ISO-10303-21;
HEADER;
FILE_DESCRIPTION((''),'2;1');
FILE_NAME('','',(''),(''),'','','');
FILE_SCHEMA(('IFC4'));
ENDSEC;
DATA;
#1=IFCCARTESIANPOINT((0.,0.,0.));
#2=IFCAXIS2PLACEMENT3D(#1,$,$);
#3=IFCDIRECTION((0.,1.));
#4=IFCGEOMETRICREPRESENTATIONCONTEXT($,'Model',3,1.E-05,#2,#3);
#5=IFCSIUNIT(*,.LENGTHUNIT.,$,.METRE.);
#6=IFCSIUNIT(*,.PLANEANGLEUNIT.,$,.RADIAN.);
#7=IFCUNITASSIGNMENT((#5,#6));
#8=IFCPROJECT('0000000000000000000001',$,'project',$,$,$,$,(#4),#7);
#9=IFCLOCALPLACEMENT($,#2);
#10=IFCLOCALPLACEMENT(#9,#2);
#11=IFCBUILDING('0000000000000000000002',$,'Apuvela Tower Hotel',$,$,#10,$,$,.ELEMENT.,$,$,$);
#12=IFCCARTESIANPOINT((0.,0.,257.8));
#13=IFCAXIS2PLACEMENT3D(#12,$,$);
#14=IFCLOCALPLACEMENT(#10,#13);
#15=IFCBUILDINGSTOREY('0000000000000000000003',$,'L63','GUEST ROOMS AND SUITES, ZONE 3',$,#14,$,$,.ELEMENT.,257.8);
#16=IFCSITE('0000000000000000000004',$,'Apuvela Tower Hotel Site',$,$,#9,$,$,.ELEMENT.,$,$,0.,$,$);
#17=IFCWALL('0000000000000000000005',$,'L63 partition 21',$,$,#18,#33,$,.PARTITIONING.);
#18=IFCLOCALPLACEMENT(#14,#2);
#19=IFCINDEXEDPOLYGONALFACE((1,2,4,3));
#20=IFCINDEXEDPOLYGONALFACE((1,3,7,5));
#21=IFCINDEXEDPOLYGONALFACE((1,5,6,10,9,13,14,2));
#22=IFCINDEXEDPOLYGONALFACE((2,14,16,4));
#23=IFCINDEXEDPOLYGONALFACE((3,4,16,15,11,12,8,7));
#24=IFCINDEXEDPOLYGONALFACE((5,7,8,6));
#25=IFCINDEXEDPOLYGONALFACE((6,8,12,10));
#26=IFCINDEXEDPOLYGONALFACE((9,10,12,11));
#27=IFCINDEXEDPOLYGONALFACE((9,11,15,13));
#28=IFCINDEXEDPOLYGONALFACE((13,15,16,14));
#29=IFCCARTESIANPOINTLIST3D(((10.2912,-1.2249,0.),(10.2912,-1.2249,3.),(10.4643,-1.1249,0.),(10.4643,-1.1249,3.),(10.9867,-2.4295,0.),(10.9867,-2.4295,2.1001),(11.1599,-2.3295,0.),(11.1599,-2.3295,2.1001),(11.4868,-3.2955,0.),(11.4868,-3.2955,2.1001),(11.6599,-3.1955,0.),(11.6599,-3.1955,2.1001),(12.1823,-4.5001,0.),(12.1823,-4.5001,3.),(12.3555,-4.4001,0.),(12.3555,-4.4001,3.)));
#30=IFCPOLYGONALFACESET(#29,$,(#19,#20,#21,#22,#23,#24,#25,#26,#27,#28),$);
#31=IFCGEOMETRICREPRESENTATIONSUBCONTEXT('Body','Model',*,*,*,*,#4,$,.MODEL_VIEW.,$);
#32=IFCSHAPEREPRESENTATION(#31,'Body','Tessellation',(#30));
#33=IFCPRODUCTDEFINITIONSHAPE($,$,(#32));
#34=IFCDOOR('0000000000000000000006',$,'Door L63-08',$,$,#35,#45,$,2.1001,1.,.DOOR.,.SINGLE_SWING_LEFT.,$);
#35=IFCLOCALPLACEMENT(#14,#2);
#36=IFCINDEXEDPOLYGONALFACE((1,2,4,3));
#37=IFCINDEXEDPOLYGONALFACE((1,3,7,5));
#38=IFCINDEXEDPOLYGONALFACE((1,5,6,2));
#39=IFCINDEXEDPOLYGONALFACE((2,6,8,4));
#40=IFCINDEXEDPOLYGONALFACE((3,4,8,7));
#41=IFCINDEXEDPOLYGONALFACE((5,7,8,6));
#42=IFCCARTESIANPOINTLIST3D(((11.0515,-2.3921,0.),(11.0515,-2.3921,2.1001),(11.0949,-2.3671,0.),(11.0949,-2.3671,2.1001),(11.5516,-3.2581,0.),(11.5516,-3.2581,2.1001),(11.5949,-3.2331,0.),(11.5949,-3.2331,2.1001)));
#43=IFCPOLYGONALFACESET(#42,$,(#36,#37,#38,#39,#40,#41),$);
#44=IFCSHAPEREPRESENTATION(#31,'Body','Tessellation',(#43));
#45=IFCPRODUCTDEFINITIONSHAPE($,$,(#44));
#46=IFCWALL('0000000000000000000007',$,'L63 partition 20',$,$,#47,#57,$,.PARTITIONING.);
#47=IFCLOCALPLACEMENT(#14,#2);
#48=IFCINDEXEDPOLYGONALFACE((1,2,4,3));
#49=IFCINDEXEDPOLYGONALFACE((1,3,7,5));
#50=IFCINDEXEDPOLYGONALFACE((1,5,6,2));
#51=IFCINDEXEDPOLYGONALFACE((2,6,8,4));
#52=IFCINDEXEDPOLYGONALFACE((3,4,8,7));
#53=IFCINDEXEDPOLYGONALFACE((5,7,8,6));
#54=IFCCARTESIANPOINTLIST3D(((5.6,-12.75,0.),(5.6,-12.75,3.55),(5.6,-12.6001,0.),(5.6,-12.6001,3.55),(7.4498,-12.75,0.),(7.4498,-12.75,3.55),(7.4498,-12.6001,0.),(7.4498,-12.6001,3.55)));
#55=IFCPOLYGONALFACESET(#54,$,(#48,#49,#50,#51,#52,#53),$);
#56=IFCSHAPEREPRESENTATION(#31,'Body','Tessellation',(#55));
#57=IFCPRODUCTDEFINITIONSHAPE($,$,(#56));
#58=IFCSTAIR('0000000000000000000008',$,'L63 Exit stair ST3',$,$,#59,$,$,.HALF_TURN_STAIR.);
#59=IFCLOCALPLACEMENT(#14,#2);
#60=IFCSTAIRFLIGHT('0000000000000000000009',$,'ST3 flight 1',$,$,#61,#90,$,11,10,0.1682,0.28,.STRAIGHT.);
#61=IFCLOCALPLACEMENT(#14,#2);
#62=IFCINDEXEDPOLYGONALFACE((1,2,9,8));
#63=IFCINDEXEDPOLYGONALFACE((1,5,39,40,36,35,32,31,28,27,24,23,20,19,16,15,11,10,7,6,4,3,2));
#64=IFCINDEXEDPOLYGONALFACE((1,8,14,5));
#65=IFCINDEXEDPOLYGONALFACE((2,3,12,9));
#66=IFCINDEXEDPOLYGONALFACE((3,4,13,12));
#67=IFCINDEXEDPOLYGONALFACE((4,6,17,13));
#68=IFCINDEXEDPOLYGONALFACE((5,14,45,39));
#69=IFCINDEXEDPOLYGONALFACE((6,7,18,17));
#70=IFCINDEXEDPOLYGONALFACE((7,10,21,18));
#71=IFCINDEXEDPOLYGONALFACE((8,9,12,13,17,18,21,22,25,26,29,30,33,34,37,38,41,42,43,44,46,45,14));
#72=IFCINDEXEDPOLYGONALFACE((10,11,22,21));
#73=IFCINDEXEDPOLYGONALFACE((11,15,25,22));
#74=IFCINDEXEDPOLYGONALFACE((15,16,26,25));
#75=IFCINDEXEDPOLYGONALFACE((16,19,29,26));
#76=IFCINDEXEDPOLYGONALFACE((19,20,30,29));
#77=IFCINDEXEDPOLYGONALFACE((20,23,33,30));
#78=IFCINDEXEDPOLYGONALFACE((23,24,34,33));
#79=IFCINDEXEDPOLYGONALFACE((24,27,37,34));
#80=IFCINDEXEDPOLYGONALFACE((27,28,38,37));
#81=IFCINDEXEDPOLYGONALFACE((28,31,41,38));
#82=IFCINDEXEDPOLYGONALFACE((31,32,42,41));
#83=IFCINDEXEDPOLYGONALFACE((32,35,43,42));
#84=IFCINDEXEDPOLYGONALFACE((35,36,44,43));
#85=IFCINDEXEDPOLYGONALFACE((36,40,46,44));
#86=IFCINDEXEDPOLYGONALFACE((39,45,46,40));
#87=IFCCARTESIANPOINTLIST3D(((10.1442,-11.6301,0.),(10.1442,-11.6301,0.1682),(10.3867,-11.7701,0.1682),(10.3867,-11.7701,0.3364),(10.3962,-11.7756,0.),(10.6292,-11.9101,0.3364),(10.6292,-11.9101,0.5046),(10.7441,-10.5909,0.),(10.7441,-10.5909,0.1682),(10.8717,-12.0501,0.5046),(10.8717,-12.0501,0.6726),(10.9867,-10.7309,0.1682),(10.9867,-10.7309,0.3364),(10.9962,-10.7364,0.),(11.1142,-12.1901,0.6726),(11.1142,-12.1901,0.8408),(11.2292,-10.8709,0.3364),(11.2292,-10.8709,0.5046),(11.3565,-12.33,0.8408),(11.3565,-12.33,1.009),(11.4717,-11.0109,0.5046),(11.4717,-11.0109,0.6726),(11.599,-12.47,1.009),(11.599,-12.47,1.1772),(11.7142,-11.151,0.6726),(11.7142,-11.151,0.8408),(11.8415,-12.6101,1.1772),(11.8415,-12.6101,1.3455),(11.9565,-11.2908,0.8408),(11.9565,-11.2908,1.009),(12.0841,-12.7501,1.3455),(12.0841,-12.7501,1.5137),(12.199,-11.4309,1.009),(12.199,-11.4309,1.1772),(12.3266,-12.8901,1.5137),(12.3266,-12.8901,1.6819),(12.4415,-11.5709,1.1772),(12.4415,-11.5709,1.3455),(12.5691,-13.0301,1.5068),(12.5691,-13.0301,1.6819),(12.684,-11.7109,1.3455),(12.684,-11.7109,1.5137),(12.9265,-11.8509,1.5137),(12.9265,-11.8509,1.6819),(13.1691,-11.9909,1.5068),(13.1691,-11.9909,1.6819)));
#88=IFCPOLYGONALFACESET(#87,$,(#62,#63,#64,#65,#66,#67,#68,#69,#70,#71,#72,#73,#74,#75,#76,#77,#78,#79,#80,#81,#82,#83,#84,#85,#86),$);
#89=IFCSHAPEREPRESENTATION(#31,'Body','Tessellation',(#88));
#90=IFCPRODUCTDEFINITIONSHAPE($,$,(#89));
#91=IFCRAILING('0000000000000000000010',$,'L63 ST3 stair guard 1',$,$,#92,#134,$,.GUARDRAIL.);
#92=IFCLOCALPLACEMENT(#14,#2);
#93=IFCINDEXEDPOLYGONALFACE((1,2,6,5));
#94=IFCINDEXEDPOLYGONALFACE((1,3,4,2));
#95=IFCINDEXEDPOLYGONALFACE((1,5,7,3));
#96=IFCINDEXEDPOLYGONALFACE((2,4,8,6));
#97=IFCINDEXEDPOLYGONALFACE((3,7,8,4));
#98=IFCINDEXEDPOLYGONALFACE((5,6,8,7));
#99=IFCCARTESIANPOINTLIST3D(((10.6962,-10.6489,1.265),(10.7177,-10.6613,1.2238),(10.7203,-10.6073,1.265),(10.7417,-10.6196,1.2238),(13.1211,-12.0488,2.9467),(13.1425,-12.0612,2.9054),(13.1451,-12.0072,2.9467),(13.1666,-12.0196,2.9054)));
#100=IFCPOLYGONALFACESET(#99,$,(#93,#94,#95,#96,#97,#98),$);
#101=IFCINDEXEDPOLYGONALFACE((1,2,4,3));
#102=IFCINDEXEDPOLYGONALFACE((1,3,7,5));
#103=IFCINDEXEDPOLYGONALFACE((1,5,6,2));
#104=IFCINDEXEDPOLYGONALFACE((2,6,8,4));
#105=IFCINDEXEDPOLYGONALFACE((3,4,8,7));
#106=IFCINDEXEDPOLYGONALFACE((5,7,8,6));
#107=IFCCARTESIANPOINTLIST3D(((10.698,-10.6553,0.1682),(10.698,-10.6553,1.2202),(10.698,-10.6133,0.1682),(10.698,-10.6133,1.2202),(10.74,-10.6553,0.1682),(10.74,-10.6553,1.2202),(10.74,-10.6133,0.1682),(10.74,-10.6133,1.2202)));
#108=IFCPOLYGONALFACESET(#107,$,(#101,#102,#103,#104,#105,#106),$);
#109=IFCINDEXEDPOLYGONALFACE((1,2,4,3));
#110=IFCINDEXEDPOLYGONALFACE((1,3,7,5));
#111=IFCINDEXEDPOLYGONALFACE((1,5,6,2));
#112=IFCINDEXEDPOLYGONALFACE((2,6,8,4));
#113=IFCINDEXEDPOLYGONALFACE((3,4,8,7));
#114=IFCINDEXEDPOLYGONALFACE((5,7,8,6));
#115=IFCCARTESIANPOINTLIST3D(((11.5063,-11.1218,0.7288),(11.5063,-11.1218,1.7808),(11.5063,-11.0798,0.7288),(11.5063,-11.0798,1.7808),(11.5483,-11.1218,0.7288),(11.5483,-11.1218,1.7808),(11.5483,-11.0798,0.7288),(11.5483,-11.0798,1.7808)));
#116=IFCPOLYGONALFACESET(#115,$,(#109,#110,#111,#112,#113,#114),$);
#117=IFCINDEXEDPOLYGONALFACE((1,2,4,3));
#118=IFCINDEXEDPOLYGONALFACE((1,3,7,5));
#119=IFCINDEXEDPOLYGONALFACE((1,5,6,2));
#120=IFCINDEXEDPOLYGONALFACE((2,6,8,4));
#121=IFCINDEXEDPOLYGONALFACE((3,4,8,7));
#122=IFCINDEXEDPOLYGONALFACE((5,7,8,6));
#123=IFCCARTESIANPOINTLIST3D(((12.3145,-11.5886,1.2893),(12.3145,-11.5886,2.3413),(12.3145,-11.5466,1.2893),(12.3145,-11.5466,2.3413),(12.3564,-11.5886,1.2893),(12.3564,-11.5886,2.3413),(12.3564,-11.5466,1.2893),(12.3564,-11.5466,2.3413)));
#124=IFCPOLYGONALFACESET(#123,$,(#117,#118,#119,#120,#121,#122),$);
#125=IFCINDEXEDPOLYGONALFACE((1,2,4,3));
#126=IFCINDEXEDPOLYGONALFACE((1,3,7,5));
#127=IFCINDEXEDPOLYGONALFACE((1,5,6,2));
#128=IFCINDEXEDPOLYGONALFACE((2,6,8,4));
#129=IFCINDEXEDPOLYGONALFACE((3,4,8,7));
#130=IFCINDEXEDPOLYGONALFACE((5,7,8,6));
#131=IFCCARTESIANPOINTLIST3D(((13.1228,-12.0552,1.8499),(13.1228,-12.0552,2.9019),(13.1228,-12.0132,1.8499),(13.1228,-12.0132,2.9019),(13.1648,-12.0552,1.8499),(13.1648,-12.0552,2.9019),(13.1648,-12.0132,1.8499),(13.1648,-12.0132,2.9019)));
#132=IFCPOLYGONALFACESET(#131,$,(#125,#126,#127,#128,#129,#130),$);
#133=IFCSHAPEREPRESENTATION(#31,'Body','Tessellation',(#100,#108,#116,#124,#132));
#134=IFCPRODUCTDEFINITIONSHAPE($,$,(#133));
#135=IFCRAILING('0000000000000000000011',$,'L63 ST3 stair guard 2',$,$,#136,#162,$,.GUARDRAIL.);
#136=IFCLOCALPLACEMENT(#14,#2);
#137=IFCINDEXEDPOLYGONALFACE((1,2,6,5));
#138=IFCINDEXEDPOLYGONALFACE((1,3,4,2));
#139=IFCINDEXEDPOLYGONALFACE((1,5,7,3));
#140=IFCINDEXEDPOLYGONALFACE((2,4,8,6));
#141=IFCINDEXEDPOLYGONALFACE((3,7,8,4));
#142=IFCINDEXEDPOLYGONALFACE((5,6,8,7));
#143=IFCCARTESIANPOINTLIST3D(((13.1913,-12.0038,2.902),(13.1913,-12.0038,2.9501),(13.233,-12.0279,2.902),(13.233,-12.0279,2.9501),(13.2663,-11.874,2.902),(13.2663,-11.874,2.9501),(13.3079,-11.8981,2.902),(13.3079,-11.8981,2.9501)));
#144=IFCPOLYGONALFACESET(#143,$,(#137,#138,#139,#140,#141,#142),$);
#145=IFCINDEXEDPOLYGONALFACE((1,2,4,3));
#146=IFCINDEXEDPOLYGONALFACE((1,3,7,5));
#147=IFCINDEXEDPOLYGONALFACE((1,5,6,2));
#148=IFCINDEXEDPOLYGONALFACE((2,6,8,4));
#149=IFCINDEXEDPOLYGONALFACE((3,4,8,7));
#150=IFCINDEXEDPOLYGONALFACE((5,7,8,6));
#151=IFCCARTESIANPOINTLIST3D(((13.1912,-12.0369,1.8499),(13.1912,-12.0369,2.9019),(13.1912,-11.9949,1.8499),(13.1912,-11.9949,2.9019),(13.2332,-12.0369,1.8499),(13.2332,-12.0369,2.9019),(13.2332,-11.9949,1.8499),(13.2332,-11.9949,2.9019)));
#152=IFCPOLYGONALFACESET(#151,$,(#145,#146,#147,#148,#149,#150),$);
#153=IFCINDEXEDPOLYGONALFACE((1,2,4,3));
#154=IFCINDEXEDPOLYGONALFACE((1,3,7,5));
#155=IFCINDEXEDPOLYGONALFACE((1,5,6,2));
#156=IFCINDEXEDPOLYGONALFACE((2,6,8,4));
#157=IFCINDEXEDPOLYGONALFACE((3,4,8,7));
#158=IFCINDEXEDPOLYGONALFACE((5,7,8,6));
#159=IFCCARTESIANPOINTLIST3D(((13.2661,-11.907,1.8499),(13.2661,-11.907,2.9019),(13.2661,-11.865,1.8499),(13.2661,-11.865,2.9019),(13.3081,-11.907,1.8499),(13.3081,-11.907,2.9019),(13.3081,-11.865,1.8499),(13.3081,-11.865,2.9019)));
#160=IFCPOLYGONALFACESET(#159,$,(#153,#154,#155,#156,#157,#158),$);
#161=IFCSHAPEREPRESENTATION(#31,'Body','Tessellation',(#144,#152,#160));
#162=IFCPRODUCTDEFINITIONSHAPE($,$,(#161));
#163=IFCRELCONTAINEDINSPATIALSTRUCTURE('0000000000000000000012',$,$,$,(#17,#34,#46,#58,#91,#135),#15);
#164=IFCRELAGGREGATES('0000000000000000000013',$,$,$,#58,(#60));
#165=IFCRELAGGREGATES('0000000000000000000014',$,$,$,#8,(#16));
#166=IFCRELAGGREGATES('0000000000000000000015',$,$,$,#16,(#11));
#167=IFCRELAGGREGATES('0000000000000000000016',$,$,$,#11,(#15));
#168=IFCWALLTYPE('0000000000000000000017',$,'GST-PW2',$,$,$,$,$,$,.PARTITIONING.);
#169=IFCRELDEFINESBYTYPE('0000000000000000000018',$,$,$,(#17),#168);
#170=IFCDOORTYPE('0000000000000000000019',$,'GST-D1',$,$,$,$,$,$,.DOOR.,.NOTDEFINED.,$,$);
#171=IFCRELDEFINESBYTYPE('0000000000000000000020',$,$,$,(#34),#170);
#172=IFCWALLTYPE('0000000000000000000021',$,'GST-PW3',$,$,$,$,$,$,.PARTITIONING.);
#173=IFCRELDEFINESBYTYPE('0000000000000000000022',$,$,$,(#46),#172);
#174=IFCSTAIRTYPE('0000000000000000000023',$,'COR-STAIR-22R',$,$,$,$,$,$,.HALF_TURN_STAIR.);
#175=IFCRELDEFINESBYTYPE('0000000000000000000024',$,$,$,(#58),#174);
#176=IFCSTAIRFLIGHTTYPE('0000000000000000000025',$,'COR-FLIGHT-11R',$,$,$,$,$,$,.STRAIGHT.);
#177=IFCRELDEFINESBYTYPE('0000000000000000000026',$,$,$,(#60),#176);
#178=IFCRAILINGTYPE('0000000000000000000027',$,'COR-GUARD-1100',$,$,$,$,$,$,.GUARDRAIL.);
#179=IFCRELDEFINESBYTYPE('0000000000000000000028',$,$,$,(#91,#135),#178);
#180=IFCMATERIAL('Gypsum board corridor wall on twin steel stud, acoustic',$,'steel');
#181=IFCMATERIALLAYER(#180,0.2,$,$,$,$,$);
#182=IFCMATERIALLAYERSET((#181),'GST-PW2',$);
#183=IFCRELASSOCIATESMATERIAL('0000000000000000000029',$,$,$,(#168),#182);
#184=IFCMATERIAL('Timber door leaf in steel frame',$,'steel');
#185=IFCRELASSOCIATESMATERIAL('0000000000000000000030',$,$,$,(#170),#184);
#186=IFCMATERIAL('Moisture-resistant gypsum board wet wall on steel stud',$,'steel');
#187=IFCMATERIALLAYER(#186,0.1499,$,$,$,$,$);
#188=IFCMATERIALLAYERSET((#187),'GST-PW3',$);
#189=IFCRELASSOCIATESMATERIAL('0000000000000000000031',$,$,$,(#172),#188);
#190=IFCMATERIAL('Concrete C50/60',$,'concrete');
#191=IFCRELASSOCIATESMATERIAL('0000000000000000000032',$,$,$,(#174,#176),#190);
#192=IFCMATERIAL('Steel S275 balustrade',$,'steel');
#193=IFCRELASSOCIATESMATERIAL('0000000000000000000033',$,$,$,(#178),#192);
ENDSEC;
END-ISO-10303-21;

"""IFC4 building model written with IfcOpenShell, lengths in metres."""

from ifc_helpers import new_model, si_unit, direction, frame, frame_2d, origin, origin_2d, place, context, subcontext, project, spatial, polyline, rectangle, outline, extrude, material, layer, layer_set, type_object, element, fill, aggregate, save


model = new_model("IFC4")

# Units and contexts
model_context = context("Model", 3, precision=1e-05, world=origin(), true_north=direction((0.0, 1.0)))
body_context = subcontext(model_context, "Body", "Model", "MODEL_VIEW")
ifc_project = project(units=[si_unit("LENGTHUNIT", "METRE"), si_unit("PLANEANGLEUNIT", "RADIAN")], contexts=[model_context])

# Site, building, storey
site_placement = place(None, origin())
site = spatial("IfcSite", under=ifc_project, at=site_placement, Name="Apuvela Tower Hotel Site", CompositionType="ELEMENT", RefElevation=0.0)
building_placement = place(site_placement, origin())
building = spatial("IfcBuilding", under=site, at=building_placement, Name="Apuvela Tower Hotel", CompositionType="ELEMENT")
storey_placement = place(building_placement, frame((0.0, 0.0, 257.8)))
storey = spatial("IfcBuildingStorey", under=building, at=storey_placement, Name="L63", Description="GUEST ROOMS AND SUITES, ZONE 3", CompositionType="ELEMENT", Elevation=257.8)

# Shared definitions
ifc_material_1 = material(Name="Concrete C50/60", Category="concrete")

# Wall, opening, door
ifc_material_2 = material(Name="Gypsum board corridor wall on twin steel stud, acoustic", Category="steel")
ifc_layer_1 = layer(ifc_material_2, 0.2)
ifc_layer_set_1 = layer_set([ifc_layer_1], Name="GST-PW2")
wall_type_1 = type_object("IfcWallType", Name="GST-PW2", PredefinedType="PARTITIONING", material=ifc_layer_set_1)
ifc_material_3 = material(Name="Timber door leaf in steel frame", Category="steel")
door_type_1 = type_object("IfcDoorType", Name="GST-D1", OperationType="NOTDEFINED", PredefinedType="DOOR", material=ifc_material_3)
wall_1_placement = place(storey_placement, frame((10.3777, -1.1748, 0.0), z_axis=(0.0, 0.0, 1.0), x_axis=(0.500041, -0.866002, 0.0)))
wall_1 = element("IfcWall", 1, at=wall_1_placement, inside=storey, type_object=wall_type_1, Name="L63 partition 21", PredefinedType="PARTITIONING", context=body_context, shape_type="SweptSolid", body=[
    extrude(rectangle(XDim=3.782, YDim=0.2, at=frame_2d((1.8911, 0.0))), origin(), (0.0, 0.0, 1.0), 3.0),
])
opening_1_placement = place(wall_1_placement, frame((1.3911, 0.0, 0.0)))
opening_1 = element("IfcOpeningElement", 2, at=opening_1_placement, cuts=wall_1, PredefinedType="OPENING", context=body_context, shape_type="SweptSolid", body=[
    extrude(rectangle(XDim=1.0, YDim=2.1001, at=frame_2d((0.5, 1.05))), frame((0.0, 0.1099, 0.0), z_axis=(0.0, -1.0, 0.0), x_axis=(1.0, 0.0, 0.0)), (0.0, 0.0, 1.0), 0.22),
])
door_1_placement = place(opening_1_placement, origin())
door_1 = element("IfcDoor", 3, at=door_1_placement, inside=storey, type_object=door_type_1, Name="Door L63-08", OperationType="SINGLE_SWING_LEFT", OverallHeight=2.1001, OverallWidth=1.0, PredefinedType="DOOR", context=body_context, shape_type="SweptSolid", body=[
    extrude(rectangle(XDim=1.0, YDim=2.1001, at=frame_2d((0.5, 1.05))), frame((0.0, 0.0249, 0.0), z_axis=(0.0, -1.0, 0.0), x_axis=(1.0, 0.0, 0.0)), (0.0, 0.0, 1.0), 0.05),
])
fill(opening_1, door_1)

# Wall
ifc_material_4 = material(Name="Moisture-resistant gypsum board wet wall on steel stud", Category="steel")
ifc_layer_2 = layer(ifc_material_4, 0.1499)
ifc_layer_set_2 = layer_set([ifc_layer_2], Name="GST-PW3")
wall_type_2 = type_object("IfcWallType", Name="GST-PW3", PredefinedType="PARTITIONING", material=ifc_layer_set_2)
wall_2_placement = place(storey_placement, frame((5.6001, -12.675, 0.0), z_axis=(0.0, 0.0, 1.0), x_axis=(1.0, 0.0, 0.0)))
element("IfcWall", 4, at=wall_2_placement, inside=storey, type_object=wall_type_2, Name="L63 partition 20", PredefinedType="PARTITIONING", context=body_context, shape_type="SweptSolid", body=[
    extrude(rectangle(XDim=1.8499, YDim=0.1499, at=frame_2d((0.9248, 0.0))), origin(), (0.0, 0.0, 1.0), 3.55),
])

# Stair, stair flight
stair_type = type_object("IfcStairType", Name="COR-STAIR-22R", PredefinedType="HALF_TURN_STAIR", material=ifc_material_1)
stair_placement = place(storey_placement, origin())
stair = element("IfcStair", 5, at=stair_placement, inside=storey, type_object=stair_type, Name="L63 Exit stair ST3", PredefinedType="HALF_TURN_STAIR")
stair_flight_type = type_object("IfcStairFlightType", Name="COR-FLIGHT-11R", PredefinedType="STRAIGHT", material=ifc_material_1)
stair_flight_placement = place(storey_placement, frame((10.4441, -11.1106, 0.0), z_axis=(0.0, 0.0, 1.0), x_axis=(0.866025, -0.5, 0.0)))
stair_flight = element("IfcStairFlight", 6, at=stair_flight_placement, type_object=stair_flight_type, Name="ST3 flight 1", NumberOfRisers=11, NumberOfTreads=10, PredefinedType="STRAIGHT", RiserHeight=0.1682, TreadLength=0.28, context=body_context, shape_type="SweptSolid", body=[
    extrude(outline(polyline([(0.0, 0.0), (0.0, 0.1682), (0.28, 0.1682), (0.28, 0.3364), (0.5601, 0.3364), (0.5601, 0.5046), (0.8401, 0.5046), (0.8401, 0.6726), (1.1201, 0.6726), (1.1201, 0.8408), (1.3999, 0.8408), (1.3999, 1.009), (1.6799, 1.009), (1.6799, 1.1772), (1.96, 1.1772), (1.96, 1.3455), (2.24, 1.3455), (2.24, 1.5137), (2.52, 1.5137), (2.52, 1.6819), (2.8, 1.6819), (2.8, 1.8501), (2.8, 1.5068), (0.291, 0.0), (0.0, 0.0)])), frame((0.0, 0.6001, 0.0), z_axis=(0.0, -1.0, 0.0), x_axis=(1.0, 0.0, 0.0)), (0.0, 0.0, 1.0), 1.2),
])
aggregate(stair, [stair_flight])

# Railings
ifc_material_5 = material(Name="Steel S275 balustrade", Category="steel")
railing_type_1 = type_object("IfcRailingType", Name="COR-GUARD-1100", PredefinedType="GUARDRAIL", material=ifc_material_5)
railing_1_placement = place(storey_placement, frame((10.719, -10.6343, 0.1682)))
element("IfcRailing", 7, at=railing_1_placement, inside=storey, type_object=railing_type_1, Name="L63 ST3 stair guard 1", PredefinedType="GUARDRAIL", context=body_context, shape_type="SweptSolid", body=[
    extrude(rectangle(XDim=0.0481, YDim=0.0481, at=origin_2d()), frame((0.0, 0.0, 1.0762), z_axis=(0.742419, -0.428618, 0.514879), x_axis=(0.499984, 0.866035, 0.0)), (0.0, 0.0, 1.0), 3.2661),
    extrude(rectangle(XDim=0.042, YDim=0.042, at=origin_2d()), origin(), (0.0, 0.0, 1.0), 1.052),
    extrude(rectangle(XDim=0.042, YDim=0.042, at=origin_2d()), frame((0.8083, -0.4666, 0.5605)), (0.0, 0.0, 1.0), 1.052),
    extrude(rectangle(XDim=0.042, YDim=0.042, at=origin_2d()), frame((1.6165, -0.9333, 1.1211)), (0.0, 0.0, 1.0), 1.052),
    extrude(rectangle(XDim=0.042, YDim=0.042, at=origin_2d()), frame((2.4248, -1.3999, 1.6816)), (0.0, 0.0, 1.0), 1.052),
])
railing_2_placement = place(storey_placement, frame((13.2122, -12.0159, 1.8499)))
element("IfcRailing", 8, at=railing_2_placement, inside=storey, type_object=railing_type_1, Name="L63 ST3 stair guard 2", PredefinedType="GUARDRAIL", context=body_context, shape_type="SweptSolid", body=[
    extrude(rectangle(XDim=0.0481, YDim=0.0481, at=origin_2d()), frame((0.0, 0.0, 1.0762), z_axis=(0.499816, 0.866131, 0.0), x_axis=(-0.866131, 0.499816, 0.0)), (0.0, 0.0, 1.0), 0.1499),
    extrude(rectangle(XDim=0.042, YDim=0.042, at=origin_2d()), origin(), (0.0, 0.0, 1.0), 1.052),
    extrude(rectangle(XDim=0.042, YDim=0.042, at=origin_2d()), frame((0.075, 0.1299, 0.0)), (0.0, 0.0, 1.0), 1.052),
])

save(model, "model.ifc")
